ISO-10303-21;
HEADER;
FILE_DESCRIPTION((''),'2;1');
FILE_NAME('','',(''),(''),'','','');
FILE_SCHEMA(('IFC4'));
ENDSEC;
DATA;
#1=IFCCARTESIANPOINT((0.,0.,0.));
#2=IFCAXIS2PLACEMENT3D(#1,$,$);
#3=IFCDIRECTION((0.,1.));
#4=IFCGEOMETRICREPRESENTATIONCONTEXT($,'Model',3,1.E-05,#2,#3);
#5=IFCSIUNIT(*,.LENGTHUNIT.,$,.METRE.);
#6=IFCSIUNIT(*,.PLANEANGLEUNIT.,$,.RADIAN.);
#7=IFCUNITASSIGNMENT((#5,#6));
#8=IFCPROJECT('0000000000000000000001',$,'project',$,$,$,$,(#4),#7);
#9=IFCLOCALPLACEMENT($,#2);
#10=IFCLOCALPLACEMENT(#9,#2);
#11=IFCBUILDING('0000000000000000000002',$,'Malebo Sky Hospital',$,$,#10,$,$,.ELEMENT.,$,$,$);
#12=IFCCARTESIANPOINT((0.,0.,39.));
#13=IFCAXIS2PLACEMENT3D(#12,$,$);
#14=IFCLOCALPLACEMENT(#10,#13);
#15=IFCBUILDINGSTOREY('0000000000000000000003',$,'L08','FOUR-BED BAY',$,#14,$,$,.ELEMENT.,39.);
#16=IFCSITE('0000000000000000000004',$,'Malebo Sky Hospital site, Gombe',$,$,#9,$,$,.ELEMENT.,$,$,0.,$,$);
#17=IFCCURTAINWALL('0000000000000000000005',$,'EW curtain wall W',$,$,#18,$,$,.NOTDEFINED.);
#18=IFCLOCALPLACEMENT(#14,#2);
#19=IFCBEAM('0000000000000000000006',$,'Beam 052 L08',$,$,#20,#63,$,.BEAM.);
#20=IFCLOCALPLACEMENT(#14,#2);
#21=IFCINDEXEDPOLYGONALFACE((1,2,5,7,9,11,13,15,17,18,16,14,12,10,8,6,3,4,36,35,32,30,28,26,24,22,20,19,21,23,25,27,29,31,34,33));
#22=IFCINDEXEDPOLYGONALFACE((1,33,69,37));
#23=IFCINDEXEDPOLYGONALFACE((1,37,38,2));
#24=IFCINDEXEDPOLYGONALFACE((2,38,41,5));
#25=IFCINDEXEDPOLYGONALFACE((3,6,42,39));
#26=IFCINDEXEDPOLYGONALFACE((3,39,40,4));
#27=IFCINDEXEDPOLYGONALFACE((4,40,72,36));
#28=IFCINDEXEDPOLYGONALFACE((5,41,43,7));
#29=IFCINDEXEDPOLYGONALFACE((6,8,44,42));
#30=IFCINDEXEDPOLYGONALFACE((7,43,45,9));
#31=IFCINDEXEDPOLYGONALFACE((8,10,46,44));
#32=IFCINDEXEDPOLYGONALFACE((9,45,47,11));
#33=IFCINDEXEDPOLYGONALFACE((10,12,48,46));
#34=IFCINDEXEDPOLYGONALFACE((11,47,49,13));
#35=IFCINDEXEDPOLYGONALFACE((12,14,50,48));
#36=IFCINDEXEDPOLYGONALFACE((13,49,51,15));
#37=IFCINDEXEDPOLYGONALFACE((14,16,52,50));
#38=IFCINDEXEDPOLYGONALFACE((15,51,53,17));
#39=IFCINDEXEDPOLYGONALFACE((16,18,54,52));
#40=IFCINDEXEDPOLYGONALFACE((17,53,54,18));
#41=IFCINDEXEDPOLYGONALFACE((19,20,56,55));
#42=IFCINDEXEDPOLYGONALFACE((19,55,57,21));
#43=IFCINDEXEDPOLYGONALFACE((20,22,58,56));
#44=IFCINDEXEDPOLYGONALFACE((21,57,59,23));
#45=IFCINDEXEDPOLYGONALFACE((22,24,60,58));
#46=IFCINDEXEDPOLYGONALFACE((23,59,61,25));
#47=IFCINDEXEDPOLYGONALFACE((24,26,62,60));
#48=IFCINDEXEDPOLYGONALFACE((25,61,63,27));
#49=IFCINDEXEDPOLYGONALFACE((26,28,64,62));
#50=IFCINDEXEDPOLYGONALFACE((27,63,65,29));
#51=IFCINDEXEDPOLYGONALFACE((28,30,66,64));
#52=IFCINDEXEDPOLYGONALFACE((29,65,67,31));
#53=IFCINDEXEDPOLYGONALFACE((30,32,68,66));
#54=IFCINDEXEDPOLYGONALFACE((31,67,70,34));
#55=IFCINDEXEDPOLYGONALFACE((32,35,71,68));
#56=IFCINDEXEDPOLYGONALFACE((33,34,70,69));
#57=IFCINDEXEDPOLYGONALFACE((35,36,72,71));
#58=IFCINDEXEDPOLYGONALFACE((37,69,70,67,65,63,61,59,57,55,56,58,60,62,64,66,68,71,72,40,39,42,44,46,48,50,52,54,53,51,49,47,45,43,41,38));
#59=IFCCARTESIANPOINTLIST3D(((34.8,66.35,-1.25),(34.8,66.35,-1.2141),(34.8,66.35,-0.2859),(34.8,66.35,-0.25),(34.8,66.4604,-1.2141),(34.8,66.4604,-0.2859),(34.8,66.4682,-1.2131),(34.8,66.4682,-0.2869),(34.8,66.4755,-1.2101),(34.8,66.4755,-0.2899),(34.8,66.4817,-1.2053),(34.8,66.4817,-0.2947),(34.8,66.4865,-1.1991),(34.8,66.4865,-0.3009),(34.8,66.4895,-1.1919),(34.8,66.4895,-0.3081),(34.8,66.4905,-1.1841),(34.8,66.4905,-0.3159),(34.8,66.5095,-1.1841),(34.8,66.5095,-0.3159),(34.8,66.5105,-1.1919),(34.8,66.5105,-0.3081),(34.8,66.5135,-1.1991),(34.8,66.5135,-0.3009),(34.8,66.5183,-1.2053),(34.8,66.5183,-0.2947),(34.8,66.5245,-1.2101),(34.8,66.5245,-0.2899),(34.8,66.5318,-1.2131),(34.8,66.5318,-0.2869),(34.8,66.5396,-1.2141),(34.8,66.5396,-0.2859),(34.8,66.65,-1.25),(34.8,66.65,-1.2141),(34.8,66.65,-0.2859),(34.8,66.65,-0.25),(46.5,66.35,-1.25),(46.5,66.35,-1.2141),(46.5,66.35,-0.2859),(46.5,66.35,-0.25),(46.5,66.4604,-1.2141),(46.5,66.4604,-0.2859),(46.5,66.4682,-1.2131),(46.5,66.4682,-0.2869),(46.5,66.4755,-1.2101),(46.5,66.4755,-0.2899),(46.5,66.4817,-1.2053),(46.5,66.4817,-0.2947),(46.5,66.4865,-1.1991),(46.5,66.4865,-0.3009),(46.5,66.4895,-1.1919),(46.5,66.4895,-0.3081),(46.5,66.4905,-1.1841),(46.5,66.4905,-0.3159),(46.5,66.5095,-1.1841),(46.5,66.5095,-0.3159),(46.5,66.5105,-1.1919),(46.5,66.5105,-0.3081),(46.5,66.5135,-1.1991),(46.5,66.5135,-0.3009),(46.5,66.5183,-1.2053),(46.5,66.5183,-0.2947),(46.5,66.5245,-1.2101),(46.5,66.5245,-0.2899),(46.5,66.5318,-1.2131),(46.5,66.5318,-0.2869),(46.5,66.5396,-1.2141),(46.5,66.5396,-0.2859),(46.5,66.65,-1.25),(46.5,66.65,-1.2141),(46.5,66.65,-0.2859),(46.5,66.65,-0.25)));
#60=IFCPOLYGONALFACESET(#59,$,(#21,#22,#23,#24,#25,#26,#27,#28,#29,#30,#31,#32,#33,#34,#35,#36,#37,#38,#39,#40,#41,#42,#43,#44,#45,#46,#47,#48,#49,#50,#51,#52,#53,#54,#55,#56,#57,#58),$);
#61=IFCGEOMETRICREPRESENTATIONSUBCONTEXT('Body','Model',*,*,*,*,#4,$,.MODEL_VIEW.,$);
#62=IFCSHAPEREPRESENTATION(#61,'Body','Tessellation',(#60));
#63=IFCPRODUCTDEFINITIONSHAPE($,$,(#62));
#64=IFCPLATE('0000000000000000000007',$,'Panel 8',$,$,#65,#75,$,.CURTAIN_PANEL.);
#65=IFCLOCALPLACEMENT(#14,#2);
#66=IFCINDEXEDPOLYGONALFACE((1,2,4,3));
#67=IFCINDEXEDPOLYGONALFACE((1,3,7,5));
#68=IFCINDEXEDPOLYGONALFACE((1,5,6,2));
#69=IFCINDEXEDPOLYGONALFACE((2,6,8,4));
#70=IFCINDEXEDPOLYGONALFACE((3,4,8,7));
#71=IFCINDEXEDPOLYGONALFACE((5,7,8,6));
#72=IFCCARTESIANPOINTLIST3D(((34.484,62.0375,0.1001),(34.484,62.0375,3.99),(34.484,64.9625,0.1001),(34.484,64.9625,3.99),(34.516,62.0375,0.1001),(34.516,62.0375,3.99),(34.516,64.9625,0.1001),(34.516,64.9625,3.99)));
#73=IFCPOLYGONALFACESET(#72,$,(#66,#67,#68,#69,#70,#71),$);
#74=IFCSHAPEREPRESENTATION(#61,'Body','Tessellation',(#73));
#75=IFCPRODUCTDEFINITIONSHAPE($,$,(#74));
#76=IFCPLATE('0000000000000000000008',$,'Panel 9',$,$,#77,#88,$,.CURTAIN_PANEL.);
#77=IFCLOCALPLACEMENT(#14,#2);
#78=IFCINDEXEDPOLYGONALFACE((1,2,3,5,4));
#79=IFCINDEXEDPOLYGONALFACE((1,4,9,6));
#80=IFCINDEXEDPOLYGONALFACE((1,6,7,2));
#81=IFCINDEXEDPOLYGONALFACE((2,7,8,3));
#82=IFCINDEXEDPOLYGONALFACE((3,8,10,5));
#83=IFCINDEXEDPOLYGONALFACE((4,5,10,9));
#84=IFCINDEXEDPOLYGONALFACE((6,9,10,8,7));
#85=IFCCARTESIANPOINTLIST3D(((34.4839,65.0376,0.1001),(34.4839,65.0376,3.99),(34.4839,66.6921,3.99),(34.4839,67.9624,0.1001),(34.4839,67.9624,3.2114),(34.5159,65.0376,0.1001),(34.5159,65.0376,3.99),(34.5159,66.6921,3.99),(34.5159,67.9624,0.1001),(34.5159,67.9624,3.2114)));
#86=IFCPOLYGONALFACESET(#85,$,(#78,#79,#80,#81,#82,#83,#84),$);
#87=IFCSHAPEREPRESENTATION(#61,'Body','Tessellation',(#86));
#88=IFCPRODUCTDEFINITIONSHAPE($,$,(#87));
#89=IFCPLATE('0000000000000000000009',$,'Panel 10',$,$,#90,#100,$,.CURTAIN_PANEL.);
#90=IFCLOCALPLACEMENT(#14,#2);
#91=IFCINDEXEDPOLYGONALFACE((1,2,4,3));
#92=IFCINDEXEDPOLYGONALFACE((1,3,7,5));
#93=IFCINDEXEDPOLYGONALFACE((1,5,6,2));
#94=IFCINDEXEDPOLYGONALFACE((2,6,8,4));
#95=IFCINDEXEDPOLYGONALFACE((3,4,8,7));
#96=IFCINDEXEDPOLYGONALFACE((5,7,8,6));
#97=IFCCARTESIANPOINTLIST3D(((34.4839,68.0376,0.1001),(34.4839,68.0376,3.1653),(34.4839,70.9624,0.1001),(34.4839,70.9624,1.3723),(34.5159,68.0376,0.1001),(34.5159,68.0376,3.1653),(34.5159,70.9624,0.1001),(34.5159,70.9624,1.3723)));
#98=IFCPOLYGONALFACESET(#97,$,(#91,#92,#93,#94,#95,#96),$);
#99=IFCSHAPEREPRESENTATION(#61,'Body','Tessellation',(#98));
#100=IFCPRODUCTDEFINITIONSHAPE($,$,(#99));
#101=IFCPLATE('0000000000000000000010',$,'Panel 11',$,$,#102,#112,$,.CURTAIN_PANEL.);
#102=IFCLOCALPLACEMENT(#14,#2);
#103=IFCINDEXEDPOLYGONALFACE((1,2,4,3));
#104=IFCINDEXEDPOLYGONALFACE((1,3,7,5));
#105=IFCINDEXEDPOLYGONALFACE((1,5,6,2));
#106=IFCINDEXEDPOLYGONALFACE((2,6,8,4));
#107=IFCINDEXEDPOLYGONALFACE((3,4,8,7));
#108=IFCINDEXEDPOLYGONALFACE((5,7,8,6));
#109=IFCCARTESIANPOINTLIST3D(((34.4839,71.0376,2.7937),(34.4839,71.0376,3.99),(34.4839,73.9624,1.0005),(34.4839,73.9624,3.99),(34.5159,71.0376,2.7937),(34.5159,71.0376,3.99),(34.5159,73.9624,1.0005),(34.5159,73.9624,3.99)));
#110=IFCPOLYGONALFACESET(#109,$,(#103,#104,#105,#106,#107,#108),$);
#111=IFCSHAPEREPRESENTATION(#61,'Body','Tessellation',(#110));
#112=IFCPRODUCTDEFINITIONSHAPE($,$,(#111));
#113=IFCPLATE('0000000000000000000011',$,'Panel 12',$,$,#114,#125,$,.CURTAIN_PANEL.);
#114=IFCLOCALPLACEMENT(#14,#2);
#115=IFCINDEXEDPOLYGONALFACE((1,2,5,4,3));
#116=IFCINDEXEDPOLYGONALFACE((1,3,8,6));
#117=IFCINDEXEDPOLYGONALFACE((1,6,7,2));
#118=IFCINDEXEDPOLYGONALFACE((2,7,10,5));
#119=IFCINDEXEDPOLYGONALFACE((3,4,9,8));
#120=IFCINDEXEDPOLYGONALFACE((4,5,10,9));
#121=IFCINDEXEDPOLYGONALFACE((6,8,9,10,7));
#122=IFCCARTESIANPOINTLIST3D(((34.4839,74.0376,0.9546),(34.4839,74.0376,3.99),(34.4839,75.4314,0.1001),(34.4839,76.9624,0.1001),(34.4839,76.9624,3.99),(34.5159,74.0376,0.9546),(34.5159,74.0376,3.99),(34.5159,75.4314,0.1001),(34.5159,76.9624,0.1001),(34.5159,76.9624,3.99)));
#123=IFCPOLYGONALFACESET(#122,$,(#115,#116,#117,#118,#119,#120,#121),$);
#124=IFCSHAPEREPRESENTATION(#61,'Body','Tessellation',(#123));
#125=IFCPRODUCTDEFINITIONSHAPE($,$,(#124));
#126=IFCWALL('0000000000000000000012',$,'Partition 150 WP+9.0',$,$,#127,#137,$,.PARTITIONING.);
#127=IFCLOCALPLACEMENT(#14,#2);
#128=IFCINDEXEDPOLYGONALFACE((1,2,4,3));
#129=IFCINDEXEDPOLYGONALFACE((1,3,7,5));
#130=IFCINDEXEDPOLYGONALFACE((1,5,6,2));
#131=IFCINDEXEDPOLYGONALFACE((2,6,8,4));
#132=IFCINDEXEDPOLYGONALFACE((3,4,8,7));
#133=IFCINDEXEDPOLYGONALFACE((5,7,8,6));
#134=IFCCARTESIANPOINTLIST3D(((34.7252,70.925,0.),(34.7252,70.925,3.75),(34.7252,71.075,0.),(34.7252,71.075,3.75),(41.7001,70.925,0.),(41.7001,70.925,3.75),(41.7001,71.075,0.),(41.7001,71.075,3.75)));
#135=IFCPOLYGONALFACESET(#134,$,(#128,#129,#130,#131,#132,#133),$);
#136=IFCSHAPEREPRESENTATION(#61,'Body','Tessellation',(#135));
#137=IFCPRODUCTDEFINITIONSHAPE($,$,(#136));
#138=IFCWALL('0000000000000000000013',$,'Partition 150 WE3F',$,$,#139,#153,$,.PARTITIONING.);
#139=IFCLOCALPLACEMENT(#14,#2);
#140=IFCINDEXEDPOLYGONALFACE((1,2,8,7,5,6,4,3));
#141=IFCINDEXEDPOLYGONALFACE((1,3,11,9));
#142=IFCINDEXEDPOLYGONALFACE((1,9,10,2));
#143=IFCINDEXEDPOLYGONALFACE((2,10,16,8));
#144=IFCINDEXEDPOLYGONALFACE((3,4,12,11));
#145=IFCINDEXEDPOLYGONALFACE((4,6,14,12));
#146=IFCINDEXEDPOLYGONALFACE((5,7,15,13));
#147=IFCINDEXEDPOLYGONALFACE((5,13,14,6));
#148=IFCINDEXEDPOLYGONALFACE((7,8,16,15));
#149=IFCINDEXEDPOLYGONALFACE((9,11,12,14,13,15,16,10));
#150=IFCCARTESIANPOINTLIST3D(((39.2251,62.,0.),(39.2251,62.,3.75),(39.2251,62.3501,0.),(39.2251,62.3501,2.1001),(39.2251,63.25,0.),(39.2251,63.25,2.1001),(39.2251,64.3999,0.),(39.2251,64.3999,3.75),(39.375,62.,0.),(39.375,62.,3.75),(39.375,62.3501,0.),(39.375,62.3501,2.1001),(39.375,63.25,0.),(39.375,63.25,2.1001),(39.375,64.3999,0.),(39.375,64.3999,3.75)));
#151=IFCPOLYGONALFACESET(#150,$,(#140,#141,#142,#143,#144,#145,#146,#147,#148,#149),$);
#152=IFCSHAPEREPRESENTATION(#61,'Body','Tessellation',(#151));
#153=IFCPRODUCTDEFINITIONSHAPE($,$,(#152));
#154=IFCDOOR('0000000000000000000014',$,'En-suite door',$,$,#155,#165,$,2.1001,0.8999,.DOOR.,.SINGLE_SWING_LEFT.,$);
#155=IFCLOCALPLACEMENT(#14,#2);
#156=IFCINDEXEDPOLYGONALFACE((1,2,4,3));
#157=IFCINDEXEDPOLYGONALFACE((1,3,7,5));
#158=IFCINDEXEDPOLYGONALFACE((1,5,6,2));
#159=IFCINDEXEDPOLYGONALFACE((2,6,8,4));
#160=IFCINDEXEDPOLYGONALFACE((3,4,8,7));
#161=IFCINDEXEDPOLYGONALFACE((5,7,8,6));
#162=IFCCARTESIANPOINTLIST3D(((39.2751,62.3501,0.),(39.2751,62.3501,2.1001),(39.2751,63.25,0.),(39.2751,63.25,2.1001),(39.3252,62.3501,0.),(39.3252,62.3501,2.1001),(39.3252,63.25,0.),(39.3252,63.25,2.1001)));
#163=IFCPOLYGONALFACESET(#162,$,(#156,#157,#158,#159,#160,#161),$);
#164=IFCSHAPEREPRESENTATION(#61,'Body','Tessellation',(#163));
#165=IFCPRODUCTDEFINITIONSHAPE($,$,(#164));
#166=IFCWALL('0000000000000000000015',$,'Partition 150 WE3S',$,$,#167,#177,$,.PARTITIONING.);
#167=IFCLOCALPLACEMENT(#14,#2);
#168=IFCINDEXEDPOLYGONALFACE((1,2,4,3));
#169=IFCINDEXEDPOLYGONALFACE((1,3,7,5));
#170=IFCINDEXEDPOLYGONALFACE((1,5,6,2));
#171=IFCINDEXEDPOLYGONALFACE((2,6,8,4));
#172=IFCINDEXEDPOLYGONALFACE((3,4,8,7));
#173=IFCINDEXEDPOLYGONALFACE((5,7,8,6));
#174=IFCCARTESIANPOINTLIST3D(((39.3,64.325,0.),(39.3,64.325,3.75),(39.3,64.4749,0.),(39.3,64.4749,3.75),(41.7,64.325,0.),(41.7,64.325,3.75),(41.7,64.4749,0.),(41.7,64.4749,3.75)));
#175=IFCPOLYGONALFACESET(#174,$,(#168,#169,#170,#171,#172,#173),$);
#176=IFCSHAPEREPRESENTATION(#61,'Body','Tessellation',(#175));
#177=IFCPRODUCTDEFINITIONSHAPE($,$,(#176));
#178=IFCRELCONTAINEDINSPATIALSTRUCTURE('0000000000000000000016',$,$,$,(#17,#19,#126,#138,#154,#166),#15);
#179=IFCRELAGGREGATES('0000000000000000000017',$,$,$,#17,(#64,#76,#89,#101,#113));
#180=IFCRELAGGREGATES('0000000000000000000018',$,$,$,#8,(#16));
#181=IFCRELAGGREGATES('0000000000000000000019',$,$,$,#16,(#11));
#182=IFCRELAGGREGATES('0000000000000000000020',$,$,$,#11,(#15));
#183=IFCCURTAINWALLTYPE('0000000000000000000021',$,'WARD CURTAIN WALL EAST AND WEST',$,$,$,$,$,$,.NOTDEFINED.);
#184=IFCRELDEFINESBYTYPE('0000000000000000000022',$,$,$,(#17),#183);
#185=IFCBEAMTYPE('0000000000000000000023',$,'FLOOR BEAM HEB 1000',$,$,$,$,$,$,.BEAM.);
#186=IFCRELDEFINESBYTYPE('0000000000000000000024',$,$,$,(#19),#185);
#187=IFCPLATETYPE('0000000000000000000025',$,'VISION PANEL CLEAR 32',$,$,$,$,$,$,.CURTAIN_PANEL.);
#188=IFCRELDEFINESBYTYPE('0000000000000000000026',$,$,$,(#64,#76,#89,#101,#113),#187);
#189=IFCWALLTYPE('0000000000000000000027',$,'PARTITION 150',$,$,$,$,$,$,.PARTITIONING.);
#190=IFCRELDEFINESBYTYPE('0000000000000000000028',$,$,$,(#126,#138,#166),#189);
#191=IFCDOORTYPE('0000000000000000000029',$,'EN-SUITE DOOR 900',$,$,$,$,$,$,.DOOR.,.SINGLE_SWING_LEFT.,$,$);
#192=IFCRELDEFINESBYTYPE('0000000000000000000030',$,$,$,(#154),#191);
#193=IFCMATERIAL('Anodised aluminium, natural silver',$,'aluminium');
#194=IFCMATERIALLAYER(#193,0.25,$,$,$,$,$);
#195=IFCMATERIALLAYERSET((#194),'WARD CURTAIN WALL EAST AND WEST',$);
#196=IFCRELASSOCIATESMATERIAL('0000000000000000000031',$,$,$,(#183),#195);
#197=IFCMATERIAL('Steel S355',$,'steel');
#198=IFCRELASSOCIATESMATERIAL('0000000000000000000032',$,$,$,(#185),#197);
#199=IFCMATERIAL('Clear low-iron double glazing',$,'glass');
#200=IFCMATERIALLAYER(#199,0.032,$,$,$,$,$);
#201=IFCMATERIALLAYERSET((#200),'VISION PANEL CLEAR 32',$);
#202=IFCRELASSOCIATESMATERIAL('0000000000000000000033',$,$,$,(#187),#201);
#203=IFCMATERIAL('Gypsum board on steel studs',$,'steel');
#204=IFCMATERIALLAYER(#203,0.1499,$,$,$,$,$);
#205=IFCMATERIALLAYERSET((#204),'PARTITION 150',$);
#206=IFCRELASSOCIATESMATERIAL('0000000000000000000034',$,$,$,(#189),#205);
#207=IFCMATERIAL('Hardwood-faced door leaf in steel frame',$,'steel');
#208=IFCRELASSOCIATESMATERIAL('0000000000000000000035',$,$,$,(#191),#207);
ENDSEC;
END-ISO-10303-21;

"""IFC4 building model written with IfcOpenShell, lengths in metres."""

from ifc_helpers import new_model, si_unit, direction, frame, frame_2d, origin, origin_2d, place, context, subcontext, project, spatial, polyline, rectangle, i_section, outline, extrude, material, layer, layer_set, material_profile, profile_set, type_object, element, fill, aggregate, save


model = new_model("IFC4")

# Units and contexts
model_context = context("Model", 3, precision=1e-05, world=origin(), true_north=direction((0.0, 1.0)))
body_context = subcontext(model_context, "Body", "Model", "MODEL_VIEW")
ifc_project = project(units=[si_unit("LENGTHUNIT", "METRE"), si_unit("PLANEANGLEUNIT", "RADIAN")], contexts=[model_context])

# Site, building, storey
site_placement = place(None, origin())
site = spatial("IfcSite", under=ifc_project, at=site_placement, Name="Malebo Sky Hospital site, Gombe", CompositionType="ELEMENT", RefElevation=0.0)
building_placement = place(site_placement, origin())
building = spatial("IfcBuilding", under=site, at=building_placement, Name="Malebo Sky Hospital", CompositionType="ELEMENT")
storey_placement = place(building_placement, frame((0.0, 0.0, 39.0)))
storey = spatial("IfcBuildingStorey", under=building, at=storey_placement, Name="L08", Description="FOUR-BED BAY", CompositionType="ELEMENT", Elevation=39.0)

# Curtain wall
ifc_material_1 = material(Name="Anodised aluminium, natural silver", Category="aluminium")
ifc_layer_1 = layer(ifc_material_1, 0.25)
ifc_layer_set_1 = layer_set([ifc_layer_1], Name="WARD CURTAIN WALL EAST AND WEST")
curtain_wall_type = type_object("IfcCurtainWallType", Name="WARD CURTAIN WALL EAST AND WEST", PredefinedType="NOTDEFINED", material=ifc_layer_set_1)
curtain_wall_placement = place(storey_placement, origin())
curtain_wall = element("IfcCurtainWall", 1, at=curtain_wall_placement, inside=storey, type_object=curtain_wall_type, Name="EW curtain wall W", PredefinedType="NOTDEFINED")

# Shared definitions
ifc_material_2 = material(Name="Steel S355", Category="steel")

# Beam
ifc_material_profile_1 = material_profile(ifc_material_2, i_section(OverallWidth=0.3, OverallDepth=1.0, WebThickness=0.019, FlangeThickness=0.0359, FilletRadius=0.03, at=origin_2d()), Name="HEB 1000")
ifc_profile_set_1 = profile_set([ifc_material_profile_1], Name="Steel S355")
beam_type_1 = type_object("IfcBeamType", Name="FLOOR BEAM HEB 1000", PredefinedType="BEAM", material=ifc_profile_set_1)
beam_1_placement = place(storey_placement, frame((34.8, 66.5, -0.75), z_axis=(1.0, 0.0, 0.0), x_axis=(0.0, 1.0, 0.0)))
element("IfcBeam", 2, at=beam_1_placement, inside=storey, type_object=beam_type_1, Name="Beam 052 L08", PredefinedType="BEAM", context=body_context, shape_type="SweptSolid", body=[
    extrude(i_section(OverallWidth=0.3, OverallDepth=1.0, WebThickness=0.019, FlangeThickness=0.0359, FilletRadius=0.03, at=origin_2d()), origin(), (0.0, 0.0, 1.0), 11.7),
])

# Plates
ifc_material_3 = material(Name="Clear low-iron double glazing", Category="glass")
ifc_layer_2 = layer(ifc_material_3, 0.032)
ifc_layer_set_2 = layer_set([ifc_layer_2], Name="VISION PANEL CLEAR 32")
plate_type = type_object("IfcPlateType", Name="VISION PANEL CLEAR 32", PredefinedType="CURTAIN_PANEL", material=ifc_layer_set_2)
plate_1_placement = place(storey_placement, frame((34.5, 63.5, 0.1001), z_axis=(0.0, 0.0, 1.0), x_axis=(0.0, 1.0, 0.0)))
plate_1 = element("IfcPlate", 3, at=plate_1_placement, type_object=plate_type, Name="Panel 8", PredefinedType="CURTAIN_PANEL", context=body_context, shape_type="SweptSolid", body=[
    extrude(rectangle(XDim=2.925, YDim=0.032, at=origin_2d()), origin(), (0.0, 0.0, 1.0), 3.8899),
])
plate_2_placement = place(storey_placement, frame((34.5, 66.5, 0.1001), z_axis=(0.0, 0.0, 1.0), x_axis=(0.0, 1.0, 0.0)))
plate_2 = element("IfcPlate", 4, at=plate_2_placement, type_object=plate_type, Name="Panel 9", PredefinedType="CURTAIN_PANEL", context=body_context, shape_type="SweptSolid", body=[
    extrude(outline(polyline([(-1.4624, 0.0), (1.4624, 0.0), (1.4624, 3.1113), (0.1921, 3.8899), (-1.4624, 3.8899), (-1.4624, 0.0)])), frame((0.0, 0.0161, 0.0), z_axis=(0.0, -1.0, 0.0), x_axis=(1.0, 0.0, 0.0)), (0.0, 0.0, 1.0), 0.032),
])
plate_3_placement = place(storey_placement, frame((34.5, 69.5, 0.1001), z_axis=(0.0, 0.0, 1.0), x_axis=(0.0, 1.0, 0.0)))
plate_3 = element("IfcPlate", 5, at=plate_3_placement, type_object=plate_type, Name="Panel 10", PredefinedType="CURTAIN_PANEL", context=body_context, shape_type="SweptSolid", body=[
    extrude(outline(polyline([(-1.4624, 0.0), (1.4624, 0.0), (1.4624, 1.2722), (-1.4624, 3.0652), (-1.4624, 0.0)])), frame((0.0, 0.0161, 0.0), z_axis=(0.0, -1.0, 0.0), x_axis=(1.0, 0.0, 0.0)), (0.0, 0.0, 1.0), 0.032),
])
plate_4_placement = place(storey_placement, frame((34.5, 72.5, 1.0005), z_axis=(0.0, 0.0, 1.0), x_axis=(0.0, 1.0, 0.0)))
plate_4 = element("IfcPlate", 6, at=plate_4_placement, type_object=plate_type, Name="Panel 11", PredefinedType="CURTAIN_PANEL", context=body_context, shape_type="SweptSolid", body=[
    extrude(outline(polyline([(1.4624, 0.0), (1.4624, 2.9895), (-1.4624, 2.9895), (-1.4624, 1.7932), (1.4624, 0.0)])), frame((0.0, 0.0161, 0.0), z_axis=(0.0, -1.0, 0.0), x_axis=(1.0, 0.0, 0.0)), (0.0, 0.0, 1.0), 0.032),
])
plate_5_placement = place(storey_placement, frame((34.5, 75.5, 0.1001), z_axis=(0.0, 0.0, 1.0), x_axis=(0.0, 1.0, 0.0)))
plate_5 = element("IfcPlate", 7, at=plate_5_placement, type_object=plate_type, Name="Panel 12", PredefinedType="CURTAIN_PANEL", context=body_context, shape_type="SweptSolid", body=[
    extrude(outline(polyline([(-0.0686, 0.0), (1.4624, 0.0), (1.4624, 3.8899), (-1.4624, 3.8899), (-1.4624, 0.8545), (-0.0686, 0.0)])), frame((0.0, 0.0161, 0.0), z_axis=(0.0, -1.0, 0.0), x_axis=(1.0, 0.0, 0.0)), (0.0, 0.0, 1.0), 0.032),
])
aggregate(curtain_wall, [plate_1, plate_2, plate_3, plate_4, plate_5])

# Wall
ifc_material_4 = material(Name="Gypsum board on steel studs", Category="steel")
ifc_layer_3 = layer(ifc_material_4, 0.1499)
ifc_layer_set_3 = layer_set([ifc_layer_3], Name="PARTITION 150")
wall_type_1 = type_object("IfcWallType", Name="PARTITION 150", PredefinedType="PARTITIONING", material=ifc_layer_set_3)
wall_1_placement = place(storey_placement, frame((41.7, 71.0, 0.0), z_axis=(0.0, 0.0, 1.0), x_axis=(-1.0, 0.0, 0.0)))
element("IfcWall", 8, at=wall_1_placement, inside=storey, type_object=wall_type_1, Name="Partition 150 WP+9.0", PredefinedType="PARTITIONING", context=body_context, shape_type="SweptSolid", body=[
    extrude(rectangle(XDim=6.9749, YDim=0.1499, at=frame_2d((3.4873, 0.0))), origin(), (0.0, 0.0, 1.0), 3.75),
])

# Wall, opening, door
wall_2_placement = place(storey_placement, frame((39.3, 62.0, 0.0), z_axis=(0.0, 0.0, 1.0), x_axis=(0.0, 1.0, 0.0)))
wall_2 = element("IfcWall", 9, at=wall_2_placement, inside=storey, type_object=wall_type_1, Name="Partition 150 WE3F", PredefinedType="PARTITIONING", context=body_context, shape_type="SweptSolid", body=[
    extrude(rectangle(XDim=2.3999, YDim=0.1499, at=frame_2d((1.2, 0.0))), origin(), (0.0, 0.0, 1.0), 3.75),
])
opening_1_placement = place(wall_2_placement, frame((0.3501, 0.0, 0.0)))
opening_1 = element("IfcOpeningElement", 10, at=opening_1_placement, cuts=wall_2, PredefinedType="OPENING", context=body_context, shape_type="SweptSolid", body=[
    extrude(rectangle(XDim=0.8999, YDim=2.1001, at=frame_2d((0.45, 1.05))), frame((0.0, 0.085, 0.0), z_axis=(0.0, -1.0, 0.0), x_axis=(1.0, 0.0, 0.0)), (0.0, 0.0, 1.0), 0.1699),
])
ifc_material_5 = material(Name="Hardwood-faced door leaf in steel frame", Category="steel")
door_type = type_object("IfcDoorType", Name="EN-SUITE DOOR 900", OperationType="SINGLE_SWING_LEFT", PredefinedType="DOOR", material=ifc_material_5)
door_1_placement = place(opening_1_placement, origin())
door_1 = element("IfcDoor", 11, at=door_1_placement, inside=storey, type_object=door_type, Name="En-suite door", OperationType="SINGLE_SWING_LEFT", OverallHeight=2.1001, OverallWidth=0.8999, PredefinedType="DOOR", context=body_context, shape_type="SweptSolid", body=[
    extrude(rectangle(XDim=0.8999, YDim=2.1001, at=frame_2d((0.45, 1.05))), frame((0.0, 0.0249, 0.0), z_axis=(0.0, -1.0, 0.0), x_axis=(1.0, 0.0, 0.0)), (0.0, 0.0, 1.0), 0.05),
])
fill(opening_1, door_1)

# Wall
wall_3_placement = place(storey_placement, frame((41.7, 64.3999, 0.0), z_axis=(0.0, 0.0, 1.0), x_axis=(-1.0, 0.0, 0.0)))
element("IfcWall", 12, at=wall_3_placement, inside=storey, type_object=wall_type_1, Name="Partition 150 WE3S", PredefinedType="PARTITIONING", context=body_context, shape_type="SweptSolid", body=[
    extrude(rectangle(XDim=2.3999, YDim=0.1499, at=frame_2d((1.2, 0.0))), origin(), (0.0, 0.0, 1.0), 3.75),
])

save(model, "model.ifc")
